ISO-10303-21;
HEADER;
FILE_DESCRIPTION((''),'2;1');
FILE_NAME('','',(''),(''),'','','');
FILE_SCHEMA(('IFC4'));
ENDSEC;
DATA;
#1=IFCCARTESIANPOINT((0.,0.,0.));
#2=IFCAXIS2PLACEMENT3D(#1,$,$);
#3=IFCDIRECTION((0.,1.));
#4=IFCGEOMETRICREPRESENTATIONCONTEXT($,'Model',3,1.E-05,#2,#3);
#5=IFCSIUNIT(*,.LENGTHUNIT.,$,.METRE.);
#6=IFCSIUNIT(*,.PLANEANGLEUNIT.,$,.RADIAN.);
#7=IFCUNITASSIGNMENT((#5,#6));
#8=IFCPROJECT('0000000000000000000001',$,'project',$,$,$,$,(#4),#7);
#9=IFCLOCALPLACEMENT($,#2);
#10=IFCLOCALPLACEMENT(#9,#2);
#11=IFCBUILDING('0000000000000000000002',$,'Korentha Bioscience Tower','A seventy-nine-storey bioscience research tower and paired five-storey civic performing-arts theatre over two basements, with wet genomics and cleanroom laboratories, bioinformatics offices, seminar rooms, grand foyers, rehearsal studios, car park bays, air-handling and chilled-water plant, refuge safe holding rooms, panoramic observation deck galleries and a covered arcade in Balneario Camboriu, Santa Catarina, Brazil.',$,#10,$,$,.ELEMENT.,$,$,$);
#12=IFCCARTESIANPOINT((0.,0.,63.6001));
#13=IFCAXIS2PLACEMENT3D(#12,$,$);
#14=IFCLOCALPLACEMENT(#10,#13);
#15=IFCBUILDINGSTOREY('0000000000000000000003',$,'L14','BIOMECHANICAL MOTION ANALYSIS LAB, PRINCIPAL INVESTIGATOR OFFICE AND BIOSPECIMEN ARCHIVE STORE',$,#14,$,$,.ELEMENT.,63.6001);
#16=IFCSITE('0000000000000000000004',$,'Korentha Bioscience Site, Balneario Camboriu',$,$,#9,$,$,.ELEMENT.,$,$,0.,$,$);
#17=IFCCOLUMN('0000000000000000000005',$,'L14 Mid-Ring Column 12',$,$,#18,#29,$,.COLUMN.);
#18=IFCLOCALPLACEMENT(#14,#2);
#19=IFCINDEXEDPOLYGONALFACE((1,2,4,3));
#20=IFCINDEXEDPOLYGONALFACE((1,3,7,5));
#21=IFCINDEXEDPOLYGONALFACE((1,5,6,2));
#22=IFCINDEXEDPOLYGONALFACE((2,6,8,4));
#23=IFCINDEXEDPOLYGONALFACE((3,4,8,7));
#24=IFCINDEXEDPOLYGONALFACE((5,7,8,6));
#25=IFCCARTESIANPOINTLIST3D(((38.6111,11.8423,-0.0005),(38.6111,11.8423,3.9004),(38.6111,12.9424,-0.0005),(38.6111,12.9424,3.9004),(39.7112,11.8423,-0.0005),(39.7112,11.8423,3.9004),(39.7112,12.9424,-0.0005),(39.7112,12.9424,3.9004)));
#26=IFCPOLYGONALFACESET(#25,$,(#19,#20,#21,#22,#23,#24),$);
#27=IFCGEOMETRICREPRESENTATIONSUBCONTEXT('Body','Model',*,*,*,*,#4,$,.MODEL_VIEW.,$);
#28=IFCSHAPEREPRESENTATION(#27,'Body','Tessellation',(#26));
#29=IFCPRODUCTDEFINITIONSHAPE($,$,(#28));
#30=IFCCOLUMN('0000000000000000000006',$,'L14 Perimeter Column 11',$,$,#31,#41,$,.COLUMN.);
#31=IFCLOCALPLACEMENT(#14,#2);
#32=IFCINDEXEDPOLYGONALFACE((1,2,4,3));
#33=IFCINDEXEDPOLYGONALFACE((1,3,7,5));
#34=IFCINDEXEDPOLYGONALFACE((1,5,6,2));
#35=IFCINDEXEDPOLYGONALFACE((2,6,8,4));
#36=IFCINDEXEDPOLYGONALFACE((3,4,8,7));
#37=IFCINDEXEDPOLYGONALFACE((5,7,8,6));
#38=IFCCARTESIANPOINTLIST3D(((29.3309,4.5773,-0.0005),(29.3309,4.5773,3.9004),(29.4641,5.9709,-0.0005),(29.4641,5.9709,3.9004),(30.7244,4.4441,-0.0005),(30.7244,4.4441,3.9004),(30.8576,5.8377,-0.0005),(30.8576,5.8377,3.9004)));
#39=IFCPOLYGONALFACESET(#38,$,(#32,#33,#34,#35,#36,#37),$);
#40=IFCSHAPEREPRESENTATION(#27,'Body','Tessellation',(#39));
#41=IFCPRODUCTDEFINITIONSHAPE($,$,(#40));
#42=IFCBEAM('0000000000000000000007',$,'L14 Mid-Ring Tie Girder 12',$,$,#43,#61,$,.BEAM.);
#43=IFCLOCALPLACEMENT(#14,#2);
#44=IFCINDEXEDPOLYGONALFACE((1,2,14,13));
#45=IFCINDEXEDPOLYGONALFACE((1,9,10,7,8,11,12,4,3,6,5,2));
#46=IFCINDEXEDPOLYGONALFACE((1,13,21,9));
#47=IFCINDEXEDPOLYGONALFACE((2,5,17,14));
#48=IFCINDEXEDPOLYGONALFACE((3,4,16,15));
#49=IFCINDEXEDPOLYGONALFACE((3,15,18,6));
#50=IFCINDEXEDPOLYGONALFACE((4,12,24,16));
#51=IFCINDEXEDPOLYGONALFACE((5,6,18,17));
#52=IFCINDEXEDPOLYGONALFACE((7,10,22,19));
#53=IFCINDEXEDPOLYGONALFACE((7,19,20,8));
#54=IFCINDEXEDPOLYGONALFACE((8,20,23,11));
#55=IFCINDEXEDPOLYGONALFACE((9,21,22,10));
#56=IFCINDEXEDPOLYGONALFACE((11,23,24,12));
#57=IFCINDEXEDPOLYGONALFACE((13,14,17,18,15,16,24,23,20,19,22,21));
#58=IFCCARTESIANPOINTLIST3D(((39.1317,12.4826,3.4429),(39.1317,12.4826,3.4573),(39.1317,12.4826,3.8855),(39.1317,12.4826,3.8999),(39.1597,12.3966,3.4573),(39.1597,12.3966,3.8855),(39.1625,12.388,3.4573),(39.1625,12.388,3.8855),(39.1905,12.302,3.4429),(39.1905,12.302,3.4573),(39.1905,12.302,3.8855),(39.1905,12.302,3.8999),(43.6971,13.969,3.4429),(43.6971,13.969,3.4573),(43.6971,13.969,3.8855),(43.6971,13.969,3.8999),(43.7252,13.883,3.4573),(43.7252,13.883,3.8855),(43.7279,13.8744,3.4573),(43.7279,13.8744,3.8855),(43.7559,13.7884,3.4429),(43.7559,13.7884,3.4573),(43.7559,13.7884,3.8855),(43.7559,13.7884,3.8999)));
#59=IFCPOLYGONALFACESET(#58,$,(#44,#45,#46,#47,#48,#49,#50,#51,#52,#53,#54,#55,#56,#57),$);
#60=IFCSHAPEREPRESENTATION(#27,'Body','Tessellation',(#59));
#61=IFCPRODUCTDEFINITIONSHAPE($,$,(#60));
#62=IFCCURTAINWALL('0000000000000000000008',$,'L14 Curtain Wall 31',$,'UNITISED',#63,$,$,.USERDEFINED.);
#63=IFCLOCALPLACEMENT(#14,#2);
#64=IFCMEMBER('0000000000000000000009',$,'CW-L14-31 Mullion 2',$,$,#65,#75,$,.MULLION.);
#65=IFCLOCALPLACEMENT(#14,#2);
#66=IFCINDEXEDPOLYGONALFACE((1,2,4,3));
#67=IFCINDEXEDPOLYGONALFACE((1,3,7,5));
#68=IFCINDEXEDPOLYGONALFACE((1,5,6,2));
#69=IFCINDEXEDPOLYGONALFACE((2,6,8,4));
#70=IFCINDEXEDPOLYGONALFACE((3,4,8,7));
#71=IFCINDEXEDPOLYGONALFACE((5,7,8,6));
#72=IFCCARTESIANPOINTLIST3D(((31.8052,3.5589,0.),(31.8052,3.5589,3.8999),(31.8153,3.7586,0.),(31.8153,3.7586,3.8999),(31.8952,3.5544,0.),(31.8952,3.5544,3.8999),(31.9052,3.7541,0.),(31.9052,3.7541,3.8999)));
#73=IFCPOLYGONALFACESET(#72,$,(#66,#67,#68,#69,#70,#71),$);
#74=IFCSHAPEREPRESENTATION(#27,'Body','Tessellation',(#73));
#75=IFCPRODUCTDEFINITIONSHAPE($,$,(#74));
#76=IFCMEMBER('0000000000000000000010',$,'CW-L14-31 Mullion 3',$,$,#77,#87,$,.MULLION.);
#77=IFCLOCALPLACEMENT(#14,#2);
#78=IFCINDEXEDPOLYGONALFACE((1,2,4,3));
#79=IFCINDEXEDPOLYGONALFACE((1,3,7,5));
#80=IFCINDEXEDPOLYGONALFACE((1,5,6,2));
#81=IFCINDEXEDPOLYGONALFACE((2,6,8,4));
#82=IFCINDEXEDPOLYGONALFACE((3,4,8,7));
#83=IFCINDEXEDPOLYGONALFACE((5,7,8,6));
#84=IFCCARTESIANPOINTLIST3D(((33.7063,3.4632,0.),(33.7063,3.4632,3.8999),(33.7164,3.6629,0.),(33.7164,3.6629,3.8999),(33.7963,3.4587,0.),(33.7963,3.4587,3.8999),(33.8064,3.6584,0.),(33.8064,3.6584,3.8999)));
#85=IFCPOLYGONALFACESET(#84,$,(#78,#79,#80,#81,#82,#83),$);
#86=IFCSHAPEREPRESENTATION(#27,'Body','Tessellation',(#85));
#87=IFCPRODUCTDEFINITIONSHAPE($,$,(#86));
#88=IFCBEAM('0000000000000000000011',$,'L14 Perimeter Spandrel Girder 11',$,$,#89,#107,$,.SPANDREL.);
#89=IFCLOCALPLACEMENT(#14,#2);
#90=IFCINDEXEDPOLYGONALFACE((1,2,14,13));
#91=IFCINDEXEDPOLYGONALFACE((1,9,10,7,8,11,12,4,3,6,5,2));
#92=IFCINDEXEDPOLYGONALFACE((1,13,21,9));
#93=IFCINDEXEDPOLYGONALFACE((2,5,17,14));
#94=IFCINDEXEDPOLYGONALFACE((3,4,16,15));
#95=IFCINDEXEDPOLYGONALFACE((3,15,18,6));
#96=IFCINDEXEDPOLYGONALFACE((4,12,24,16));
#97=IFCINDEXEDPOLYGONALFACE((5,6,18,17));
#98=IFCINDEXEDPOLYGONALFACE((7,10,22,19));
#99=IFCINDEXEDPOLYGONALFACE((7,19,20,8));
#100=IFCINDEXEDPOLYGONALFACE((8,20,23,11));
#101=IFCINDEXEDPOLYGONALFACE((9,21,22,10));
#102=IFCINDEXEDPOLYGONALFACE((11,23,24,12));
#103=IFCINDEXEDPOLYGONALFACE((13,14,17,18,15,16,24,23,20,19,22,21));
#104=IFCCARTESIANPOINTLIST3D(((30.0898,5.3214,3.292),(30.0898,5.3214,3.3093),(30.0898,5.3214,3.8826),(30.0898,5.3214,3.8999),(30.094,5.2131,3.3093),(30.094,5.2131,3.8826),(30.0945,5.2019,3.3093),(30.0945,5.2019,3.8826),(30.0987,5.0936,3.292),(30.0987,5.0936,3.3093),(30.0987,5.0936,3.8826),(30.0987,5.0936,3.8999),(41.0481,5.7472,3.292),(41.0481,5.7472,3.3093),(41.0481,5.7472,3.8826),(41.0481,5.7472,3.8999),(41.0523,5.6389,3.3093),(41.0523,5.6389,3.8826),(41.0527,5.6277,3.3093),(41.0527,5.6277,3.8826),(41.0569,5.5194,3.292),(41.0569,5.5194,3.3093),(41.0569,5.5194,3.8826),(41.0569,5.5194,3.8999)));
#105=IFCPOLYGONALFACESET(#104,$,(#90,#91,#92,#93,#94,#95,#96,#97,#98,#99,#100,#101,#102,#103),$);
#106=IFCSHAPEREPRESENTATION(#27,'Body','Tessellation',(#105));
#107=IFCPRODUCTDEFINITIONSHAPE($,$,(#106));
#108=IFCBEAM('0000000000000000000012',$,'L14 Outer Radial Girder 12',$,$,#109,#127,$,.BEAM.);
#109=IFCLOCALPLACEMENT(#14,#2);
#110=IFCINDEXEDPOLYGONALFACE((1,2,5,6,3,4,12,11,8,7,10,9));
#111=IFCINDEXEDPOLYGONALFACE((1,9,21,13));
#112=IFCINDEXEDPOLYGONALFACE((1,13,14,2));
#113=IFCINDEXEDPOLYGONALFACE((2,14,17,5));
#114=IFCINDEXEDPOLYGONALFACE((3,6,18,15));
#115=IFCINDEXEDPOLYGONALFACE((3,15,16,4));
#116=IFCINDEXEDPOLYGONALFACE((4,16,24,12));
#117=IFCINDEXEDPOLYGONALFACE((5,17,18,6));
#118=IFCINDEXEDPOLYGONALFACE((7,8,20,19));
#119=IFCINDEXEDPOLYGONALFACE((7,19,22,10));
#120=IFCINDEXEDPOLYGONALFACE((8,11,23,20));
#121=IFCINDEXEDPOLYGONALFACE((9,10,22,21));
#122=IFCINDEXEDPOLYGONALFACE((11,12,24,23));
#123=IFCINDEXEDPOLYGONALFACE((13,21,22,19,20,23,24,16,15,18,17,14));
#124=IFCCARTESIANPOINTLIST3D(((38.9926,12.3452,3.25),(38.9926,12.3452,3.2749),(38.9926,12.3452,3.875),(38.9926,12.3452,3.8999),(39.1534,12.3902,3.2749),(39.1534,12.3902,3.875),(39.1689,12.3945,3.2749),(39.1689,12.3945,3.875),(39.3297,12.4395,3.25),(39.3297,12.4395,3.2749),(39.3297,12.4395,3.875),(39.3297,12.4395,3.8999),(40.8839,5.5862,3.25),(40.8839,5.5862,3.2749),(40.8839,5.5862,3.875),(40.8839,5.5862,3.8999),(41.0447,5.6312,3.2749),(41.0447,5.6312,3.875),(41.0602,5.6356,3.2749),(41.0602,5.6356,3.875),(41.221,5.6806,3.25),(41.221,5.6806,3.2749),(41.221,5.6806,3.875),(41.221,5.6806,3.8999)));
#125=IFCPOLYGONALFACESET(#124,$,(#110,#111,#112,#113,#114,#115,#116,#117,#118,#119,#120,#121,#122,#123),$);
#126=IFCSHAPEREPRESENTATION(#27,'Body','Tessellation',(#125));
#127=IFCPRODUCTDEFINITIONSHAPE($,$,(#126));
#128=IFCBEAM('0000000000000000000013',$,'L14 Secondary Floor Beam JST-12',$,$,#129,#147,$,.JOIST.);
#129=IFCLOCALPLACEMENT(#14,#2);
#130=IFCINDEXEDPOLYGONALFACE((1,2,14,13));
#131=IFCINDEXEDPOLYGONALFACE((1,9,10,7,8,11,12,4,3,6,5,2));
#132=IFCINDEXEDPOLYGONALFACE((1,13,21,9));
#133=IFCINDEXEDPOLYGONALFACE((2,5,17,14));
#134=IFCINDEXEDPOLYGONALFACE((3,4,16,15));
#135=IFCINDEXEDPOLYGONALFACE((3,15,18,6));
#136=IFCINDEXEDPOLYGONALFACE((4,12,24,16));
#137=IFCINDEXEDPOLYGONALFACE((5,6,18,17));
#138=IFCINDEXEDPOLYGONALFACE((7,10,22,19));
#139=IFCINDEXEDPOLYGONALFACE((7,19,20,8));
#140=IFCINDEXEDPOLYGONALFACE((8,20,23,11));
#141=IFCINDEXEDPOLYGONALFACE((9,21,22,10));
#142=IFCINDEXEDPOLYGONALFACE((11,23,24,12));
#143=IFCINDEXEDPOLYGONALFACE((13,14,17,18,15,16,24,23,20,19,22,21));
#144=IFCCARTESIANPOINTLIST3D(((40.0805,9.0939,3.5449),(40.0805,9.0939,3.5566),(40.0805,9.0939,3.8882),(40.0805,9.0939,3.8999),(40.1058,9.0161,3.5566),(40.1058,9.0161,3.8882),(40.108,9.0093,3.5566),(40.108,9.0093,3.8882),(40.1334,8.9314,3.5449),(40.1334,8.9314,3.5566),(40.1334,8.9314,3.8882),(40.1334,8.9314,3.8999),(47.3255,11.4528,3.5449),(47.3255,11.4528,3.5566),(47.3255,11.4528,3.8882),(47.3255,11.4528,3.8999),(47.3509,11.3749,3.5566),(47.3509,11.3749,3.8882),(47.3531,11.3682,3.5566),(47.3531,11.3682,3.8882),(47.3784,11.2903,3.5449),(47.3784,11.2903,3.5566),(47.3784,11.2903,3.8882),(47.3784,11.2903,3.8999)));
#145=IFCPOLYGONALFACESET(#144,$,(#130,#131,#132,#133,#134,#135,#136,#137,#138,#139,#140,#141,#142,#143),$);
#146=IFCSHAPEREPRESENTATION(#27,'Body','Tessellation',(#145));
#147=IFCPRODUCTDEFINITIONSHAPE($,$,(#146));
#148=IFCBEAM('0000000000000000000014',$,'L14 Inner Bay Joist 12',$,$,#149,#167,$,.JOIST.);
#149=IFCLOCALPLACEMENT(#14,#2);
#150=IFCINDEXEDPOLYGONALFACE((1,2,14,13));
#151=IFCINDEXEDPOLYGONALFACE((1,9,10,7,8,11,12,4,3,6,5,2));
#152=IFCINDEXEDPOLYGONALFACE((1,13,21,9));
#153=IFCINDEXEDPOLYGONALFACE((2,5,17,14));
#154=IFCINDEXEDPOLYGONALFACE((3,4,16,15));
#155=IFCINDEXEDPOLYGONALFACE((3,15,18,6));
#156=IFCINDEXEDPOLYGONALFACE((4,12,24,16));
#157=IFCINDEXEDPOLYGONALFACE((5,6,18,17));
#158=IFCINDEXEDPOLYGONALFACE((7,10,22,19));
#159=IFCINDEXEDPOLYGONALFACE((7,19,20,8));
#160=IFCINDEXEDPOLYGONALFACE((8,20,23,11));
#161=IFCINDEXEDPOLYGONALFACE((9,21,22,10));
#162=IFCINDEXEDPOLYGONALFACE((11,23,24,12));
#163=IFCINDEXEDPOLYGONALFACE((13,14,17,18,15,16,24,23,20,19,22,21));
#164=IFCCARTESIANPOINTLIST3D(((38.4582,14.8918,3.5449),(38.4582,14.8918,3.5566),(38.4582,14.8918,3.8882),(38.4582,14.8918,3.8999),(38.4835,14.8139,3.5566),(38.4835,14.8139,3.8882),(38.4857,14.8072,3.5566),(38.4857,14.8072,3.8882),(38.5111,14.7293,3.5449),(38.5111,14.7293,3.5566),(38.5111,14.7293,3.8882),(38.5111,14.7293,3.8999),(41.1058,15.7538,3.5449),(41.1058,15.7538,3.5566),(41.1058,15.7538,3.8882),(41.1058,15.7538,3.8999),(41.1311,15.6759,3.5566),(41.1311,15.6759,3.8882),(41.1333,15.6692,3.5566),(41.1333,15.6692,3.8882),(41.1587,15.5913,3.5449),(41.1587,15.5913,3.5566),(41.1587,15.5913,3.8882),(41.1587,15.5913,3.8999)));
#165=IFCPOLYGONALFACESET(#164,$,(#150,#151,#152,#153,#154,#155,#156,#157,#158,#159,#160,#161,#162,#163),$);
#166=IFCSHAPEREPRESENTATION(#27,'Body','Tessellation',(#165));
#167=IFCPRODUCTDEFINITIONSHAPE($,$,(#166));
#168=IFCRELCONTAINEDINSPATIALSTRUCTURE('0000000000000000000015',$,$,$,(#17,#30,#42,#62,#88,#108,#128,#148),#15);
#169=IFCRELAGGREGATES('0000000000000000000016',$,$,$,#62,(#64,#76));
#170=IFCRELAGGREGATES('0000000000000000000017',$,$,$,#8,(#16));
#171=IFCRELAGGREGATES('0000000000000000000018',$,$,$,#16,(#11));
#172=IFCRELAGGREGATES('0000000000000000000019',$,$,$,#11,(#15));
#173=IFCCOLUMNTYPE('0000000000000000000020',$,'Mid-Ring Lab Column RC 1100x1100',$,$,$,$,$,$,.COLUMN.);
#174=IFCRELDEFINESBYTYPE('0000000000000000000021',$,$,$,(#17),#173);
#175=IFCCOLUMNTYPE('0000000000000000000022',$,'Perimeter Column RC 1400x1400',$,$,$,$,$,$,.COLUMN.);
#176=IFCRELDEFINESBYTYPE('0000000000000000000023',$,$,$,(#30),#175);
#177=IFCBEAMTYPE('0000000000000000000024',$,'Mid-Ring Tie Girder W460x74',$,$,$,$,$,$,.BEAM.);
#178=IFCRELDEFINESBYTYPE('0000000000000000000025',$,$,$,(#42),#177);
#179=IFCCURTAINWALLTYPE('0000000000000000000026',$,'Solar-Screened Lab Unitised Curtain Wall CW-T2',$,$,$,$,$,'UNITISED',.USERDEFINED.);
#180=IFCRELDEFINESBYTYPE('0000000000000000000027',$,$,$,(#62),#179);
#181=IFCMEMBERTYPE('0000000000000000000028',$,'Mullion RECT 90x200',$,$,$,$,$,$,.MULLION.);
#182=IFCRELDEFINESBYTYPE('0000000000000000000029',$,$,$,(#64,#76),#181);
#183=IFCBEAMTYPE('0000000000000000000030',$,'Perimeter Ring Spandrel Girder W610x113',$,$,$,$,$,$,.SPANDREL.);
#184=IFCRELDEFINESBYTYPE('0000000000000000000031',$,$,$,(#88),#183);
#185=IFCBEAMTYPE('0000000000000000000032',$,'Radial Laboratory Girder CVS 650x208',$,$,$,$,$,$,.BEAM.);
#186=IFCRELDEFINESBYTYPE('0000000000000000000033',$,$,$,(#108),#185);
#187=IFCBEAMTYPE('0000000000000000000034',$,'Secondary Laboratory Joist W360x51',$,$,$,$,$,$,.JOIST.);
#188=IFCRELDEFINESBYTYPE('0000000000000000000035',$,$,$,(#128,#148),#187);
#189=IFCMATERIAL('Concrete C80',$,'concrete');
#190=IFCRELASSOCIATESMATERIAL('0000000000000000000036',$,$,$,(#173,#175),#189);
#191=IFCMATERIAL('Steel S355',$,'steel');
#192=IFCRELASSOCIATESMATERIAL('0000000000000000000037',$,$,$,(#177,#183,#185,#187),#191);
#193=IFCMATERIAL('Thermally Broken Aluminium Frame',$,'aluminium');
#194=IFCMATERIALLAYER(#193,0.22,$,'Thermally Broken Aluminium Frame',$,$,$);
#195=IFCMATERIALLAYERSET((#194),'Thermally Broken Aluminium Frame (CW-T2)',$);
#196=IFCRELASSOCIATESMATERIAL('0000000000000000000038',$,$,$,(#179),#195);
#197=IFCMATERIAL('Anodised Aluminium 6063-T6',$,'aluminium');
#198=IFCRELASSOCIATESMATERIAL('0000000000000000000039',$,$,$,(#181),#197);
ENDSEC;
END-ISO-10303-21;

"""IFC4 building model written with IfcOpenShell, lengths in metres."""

from ifc_helpers import new_model, si_unit, direction, frame, origin, origin_2d, place, context, subcontext, project, spatial, rectangle, i_section, extrude, material, layer, layer_set, material_profile, profile_set, type_object, element, aggregate, save


model = new_model("IFC4")

# Units and contexts
model_context = context("Model", 3, precision=1e-05, world=origin(), true_north=direction((0.0, 1.0)))
body_context = subcontext(model_context, "Body", "Model", "MODEL_VIEW")
ifc_project = project(units=[si_unit("LENGTHUNIT", "METRE"), si_unit("PLANEANGLEUNIT", "RADIAN")], contexts=[model_context])

# Site, building, storey
site_placement = place(None, origin())
site = spatial("IfcSite", under=ifc_project, at=site_placement, Name="Korentha Bioscience Site, Balneario Camboriu", CompositionType="ELEMENT", RefElevation=0.0)
building_placement = place(site_placement, origin())
building = spatial("IfcBuilding", under=site, at=building_placement, Name="Korentha Bioscience Tower", Description="A seventy-nine-storey bioscience research tower and paired five-storey civic performing-arts theatre over two basements, with wet genomics and cleanroom laboratories, bioinformatics offices, seminar rooms, grand foyers, rehearsal studios, car park bays, air-handling and chilled-water plant, refuge safe holding rooms, panoramic observation deck galleries and a covered arcade in Balneario Camboriu, Santa Catarina, Brazil.", CompositionType="ELEMENT")
storey_placement = place(building_placement, frame((0.0, 0.0, 63.6001)))
storey = spatial("IfcBuildingStorey", under=building, at=storey_placement, Name="L14", Description="BIOMECHANICAL MOTION ANALYSIS LAB, PRINCIPAL INVESTIGATOR OFFICE AND BIOSPECIMEN ARCHIVE STORE", CompositionType="ELEMENT", Elevation=63.6001)

# Columns
ifc_material_1 = material(Name="Concrete C80", Category="concrete")
ifc_material_profile_1 = material_profile(ifc_material_1, rectangle(XDim=1.1001, YDim=1.1001, at=origin_2d()), Name="Concrete C80")
ifc_profile_set_1 = profile_set([ifc_material_profile_1], Name="Concrete C80 (COL-MR11)")
column_type_1 = type_object("IfcColumnType", Name="Mid-Ring Lab Column RC 1100x1100", PredefinedType="COLUMN", material=ifc_profile_set_1)
column_1_placement = place(storey_placement, frame((39.1611, 12.3923, -0.0005), z_axis=(0.0, 0.0, 1.0), x_axis=(1.0, 0.0, 0.0)))
element("IfcColumn", 1, at=column_1_placement, inside=storey, type_object=column_type_1, Name="L14 Mid-Ring Column 12", PredefinedType="COLUMN", context=body_context, shape_type="SweptSolid", body=[
    extrude(rectangle(XDim=1.1001, YDim=1.1001, at=origin_2d()), origin(), (0.0, 0.0, 1.0), 3.9009),
])
ifc_material_profile_2 = material_profile(ifc_material_1, rectangle(XDim=1.3999, YDim=1.3999, at=origin_2d()), Name="Concrete C80")
ifc_profile_set_2 = profile_set([ifc_material_profile_2], Name="Concrete C80 (COL-P14)")
column_type_2 = type_object("IfcColumnType", Name="Perimeter Column RC 1400x1400", PredefinedType="COLUMN", material=ifc_profile_set_2)
column_2_placement = place(storey_placement, frame((30.0942, 5.2075, -0.0005), z_axis=(0.0, 0.0, 1.0), x_axis=(-0.995463, 0.095151, 0.0)))
element("IfcColumn", 2, at=column_2_placement, inside=storey, type_object=column_type_2, Name="L14 Perimeter Column 11", PredefinedType="COLUMN", context=body_context, shape_type="SweptSolid", body=[
    extrude(rectangle(XDim=1.3999, YDim=1.3999, at=origin_2d()), origin(), (0.0, 0.0, 1.0), 3.9009),
])

# Beam
ifc_material_2 = material(Name="Steel S355", Category="steel")
ifc_material_profile_3 = material_profile(ifc_material_2, i_section(OverallWidth=0.1899, OverallDepth=0.457, WebThickness=0.009, FlangeThickness=0.0144, at=origin_2d()), Name="Steel S355")
ifc_profile_set_3 = profile_set([ifc_material_profile_3], Name="Steel S355 (MB-460)")
beam_type_1 = type_object("IfcBeamType", Name="Mid-Ring Tie Girder W460x74", PredefinedType="BEAM", material=ifc_profile_set_3)
beam_1_placement = place(storey_placement, frame((39.1611, 12.3923, 3.6714), z_axis=(0.950877, 0.309569, 0.0), x_axis=(-0.309569, 0.950877, 0.0)))
element("IfcBeam", 3, at=beam_1_placement, inside=storey, type_object=beam_type_1, Name="L14 Mid-Ring Tie Girder 12", PredefinedType="BEAM", context=body_context, shape_type="SweptSolid", body=[
    extrude(i_section(OverallWidth=0.1899, OverallDepth=0.457, WebThickness=0.009, FlangeThickness=0.0144, at=origin_2d()), origin(), (0.0, 0.0, 1.0), 4.8013),
])

# Curtain wall, members
ifc_material_3 = material(Name="Thermally Broken Aluminium Frame", Category="aluminium")
ifc_layer_1 = layer(ifc_material_3, 0.22, Name="Thermally Broken Aluminium Frame")
ifc_layer_set_1 = layer_set([ifc_layer_1], Name="Thermally Broken Aluminium Frame (CW-T2)")
curtain_wall_type = type_object("IfcCurtainWallType", Name="Solar-Screened Lab Unitised Curtain Wall CW-T2", ElementType="UNITISED", PredefinedType="USERDEFINED", material=ifc_layer_set_1)
curtain_wall_placement = place(storey_placement, origin())
curtain_wall = element("IfcCurtainWall", 4, at=curtain_wall_placement, inside=storey, type_object=curtain_wall_type, Name="L14 Curtain Wall 31", ObjectType="UNITISED", PredefinedType="USERDEFINED")
ifc_material_4 = material(Name="Anodised Aluminium 6063-T6", Category="aluminium")
ifc_material_profile_4 = material_profile(ifc_material_4, rectangle(XDim=0.0901, YDim=0.2, at=origin_2d()), Name="Anodised Aluminium 6063-T6")
ifc_profile_set_4 = profile_set([ifc_material_profile_4], Name="Anodised Aluminium 6063-T6 (CW-MUL)")
member_type_1 = type_object("IfcMemberType", Name="Mullion RECT 90x200", PredefinedType="MULLION", material=ifc_profile_set_4)
member_1_placement = place(storey_placement, frame((31.8552, 3.6565, 0.0), z_axis=(0.0, 0.0, 1.0), x_axis=(0.998731, -0.050371, 0.0)))
member_1 = element("IfcMember", 5, at=member_1_placement, type_object=member_type_1, Name="CW-L14-31 Mullion 2", PredefinedType="MULLION", context=body_context, shape_type="SweptSolid", body=[
    extrude(rectangle(XDim=0.0901, YDim=0.2, at=origin_2d()), origin(), (0.0, 0.0, 1.0), 3.8999),
])
member_2_placement = place(storey_placement, frame((33.7563, 3.5608, 0.0), z_axis=(0.0, 0.0, 1.0), x_axis=(0.998731, -0.050371, 0.0)))
member_2 = element("IfcMember", 6, at=member_2_placement, type_object=member_type_1, Name="CW-L14-31 Mullion 3", PredefinedType="MULLION", context=body_context, shape_type="SweptSolid", body=[
    extrude(rectangle(XDim=0.0901, YDim=0.2, at=origin_2d()), origin(), (0.0, 0.0, 1.0), 3.8999),
])

# Beams
ifc_material_profile_5 = material_profile(ifc_material_2, i_section(OverallWidth=0.228, OverallDepth=0.6079, WebThickness=0.0112, FlangeThickness=0.0173, at=origin_2d()), Name="Steel S355")
ifc_profile_set_5 = profile_set([ifc_material_profile_5], Name="Steel S355 (SB-610)")
beam_type_2 = type_object("IfcBeamType", Name="Perimeter Ring Spandrel Girder W610x113", PredefinedType="SPANDREL", material=ifc_profile_set_5)
beam_2_placement = place(storey_placement, frame((30.0942, 5.2075, 3.5959), z_axis=(0.999246, 0.038826, 0.0), x_axis=(-0.038826, 0.999246, 0.0)))
element("IfcBeam", 7, at=beam_2_placement, inside=storey, type_object=beam_type_2, Name="L14 Perimeter Spandrel Girder 11", PredefinedType="SPANDREL", context=body_context, shape_type="SweptSolid", body=[
    extrude(i_section(OverallWidth=0.228, OverallDepth=0.6079, WebThickness=0.0112, FlangeThickness=0.0173, at=origin_2d()), origin(), (0.0, 0.0, 1.0), 10.9666),
])
ifc_material_profile_6 = material_profile(ifc_material_2, i_section(OverallWidth=0.3501, OverallDepth=0.6499, WebThickness=0.0161, FlangeThickness=0.0249, at=origin_2d()), Name="Steel S355")
ifc_profile_set_6 = profile_set([ifc_material_profile_6], Name="Steel S355 (RB-650)")
beam_type_3 = type_object("IfcBeamType", Name="Radial Laboratory Girder CVS 650x208", PredefinedType="BEAM", material=ifc_profile_set_6)
beam_3_placement = place(storey_placement, frame((39.1611, 12.3923, 3.575), z_axis=(0.269475, -0.963007, 0.0), x_axis=(0.963007, 0.269475, 0.0)))
element("IfcBeam", 8, at=beam_3_placement, inside=storey, type_object=beam_type_3, Name="L14 Outer Radial Girder 12", PredefinedType="BEAM", context=body_context, shape_type="SweptSolid", body=[
    extrude(i_section(OverallWidth=0.3501, OverallDepth=0.6499, WebThickness=0.0161, FlangeThickness=0.0249, at=origin_2d()), origin(), (0.0, 0.0, 1.0), 7.0186),
])
ifc_material_profile_7 = material_profile(ifc_material_2, i_section(OverallWidth=0.1709, OverallDepth=0.355, WebThickness=0.0071, FlangeThickness=0.0117, at=origin_2d()), Name="Steel S355")
ifc_profile_set_7 = profile_set([ifc_material_profile_7], Name="Steel S355 (JB-360)")
beam_type_4 = type_object("IfcBeamType", Name="Secondary Laboratory Joist W360x51", PredefinedType="JOIST", material=ifc_profile_set_7)
beam_4_placement = place(storey_placement, frame((40.1069, 9.0127, 3.7224), z_axis=(0.950871, 0.309587, 0.0), x_axis=(-0.309587, 0.950871, 0.0)))
element("IfcBeam", 9, at=beam_4_placement, inside=storey, type_object=beam_type_4, Name="L14 Secondary Floor Beam JST-12", PredefinedType="JOIST", context=body_context, shape_type="SweptSolid", body=[
    extrude(i_section(OverallWidth=0.1709, OverallDepth=0.355, WebThickness=0.0071, FlangeThickness=0.0117, at=origin_2d()), origin(), (0.0, 0.0, 1.0), 7.6194),
])
beam_5_placement = place(storey_placement, frame((38.4846, 14.8105, 3.7224), z_axis=(0.95087, 0.309592, 0.0), x_axis=(-0.309592, 0.95087, 0.0)))
element("IfcBeam", 10, at=beam_5_placement, inside=storey, type_object=beam_type_4, Name="L14 Inner Bay Joist 12", PredefinedType="JOIST", context=body_context, shape_type="SweptSolid", body=[
    extrude(i_section(OverallWidth=0.1709, OverallDepth=0.355, WebThickness=0.0071, FlangeThickness=0.0117, at=origin_2d()), origin(), (0.0, 0.0, 1.0), 2.7844),
])

aggregate(curtain_wall, [member_1, member_2])

save(model, "model.ifc")
